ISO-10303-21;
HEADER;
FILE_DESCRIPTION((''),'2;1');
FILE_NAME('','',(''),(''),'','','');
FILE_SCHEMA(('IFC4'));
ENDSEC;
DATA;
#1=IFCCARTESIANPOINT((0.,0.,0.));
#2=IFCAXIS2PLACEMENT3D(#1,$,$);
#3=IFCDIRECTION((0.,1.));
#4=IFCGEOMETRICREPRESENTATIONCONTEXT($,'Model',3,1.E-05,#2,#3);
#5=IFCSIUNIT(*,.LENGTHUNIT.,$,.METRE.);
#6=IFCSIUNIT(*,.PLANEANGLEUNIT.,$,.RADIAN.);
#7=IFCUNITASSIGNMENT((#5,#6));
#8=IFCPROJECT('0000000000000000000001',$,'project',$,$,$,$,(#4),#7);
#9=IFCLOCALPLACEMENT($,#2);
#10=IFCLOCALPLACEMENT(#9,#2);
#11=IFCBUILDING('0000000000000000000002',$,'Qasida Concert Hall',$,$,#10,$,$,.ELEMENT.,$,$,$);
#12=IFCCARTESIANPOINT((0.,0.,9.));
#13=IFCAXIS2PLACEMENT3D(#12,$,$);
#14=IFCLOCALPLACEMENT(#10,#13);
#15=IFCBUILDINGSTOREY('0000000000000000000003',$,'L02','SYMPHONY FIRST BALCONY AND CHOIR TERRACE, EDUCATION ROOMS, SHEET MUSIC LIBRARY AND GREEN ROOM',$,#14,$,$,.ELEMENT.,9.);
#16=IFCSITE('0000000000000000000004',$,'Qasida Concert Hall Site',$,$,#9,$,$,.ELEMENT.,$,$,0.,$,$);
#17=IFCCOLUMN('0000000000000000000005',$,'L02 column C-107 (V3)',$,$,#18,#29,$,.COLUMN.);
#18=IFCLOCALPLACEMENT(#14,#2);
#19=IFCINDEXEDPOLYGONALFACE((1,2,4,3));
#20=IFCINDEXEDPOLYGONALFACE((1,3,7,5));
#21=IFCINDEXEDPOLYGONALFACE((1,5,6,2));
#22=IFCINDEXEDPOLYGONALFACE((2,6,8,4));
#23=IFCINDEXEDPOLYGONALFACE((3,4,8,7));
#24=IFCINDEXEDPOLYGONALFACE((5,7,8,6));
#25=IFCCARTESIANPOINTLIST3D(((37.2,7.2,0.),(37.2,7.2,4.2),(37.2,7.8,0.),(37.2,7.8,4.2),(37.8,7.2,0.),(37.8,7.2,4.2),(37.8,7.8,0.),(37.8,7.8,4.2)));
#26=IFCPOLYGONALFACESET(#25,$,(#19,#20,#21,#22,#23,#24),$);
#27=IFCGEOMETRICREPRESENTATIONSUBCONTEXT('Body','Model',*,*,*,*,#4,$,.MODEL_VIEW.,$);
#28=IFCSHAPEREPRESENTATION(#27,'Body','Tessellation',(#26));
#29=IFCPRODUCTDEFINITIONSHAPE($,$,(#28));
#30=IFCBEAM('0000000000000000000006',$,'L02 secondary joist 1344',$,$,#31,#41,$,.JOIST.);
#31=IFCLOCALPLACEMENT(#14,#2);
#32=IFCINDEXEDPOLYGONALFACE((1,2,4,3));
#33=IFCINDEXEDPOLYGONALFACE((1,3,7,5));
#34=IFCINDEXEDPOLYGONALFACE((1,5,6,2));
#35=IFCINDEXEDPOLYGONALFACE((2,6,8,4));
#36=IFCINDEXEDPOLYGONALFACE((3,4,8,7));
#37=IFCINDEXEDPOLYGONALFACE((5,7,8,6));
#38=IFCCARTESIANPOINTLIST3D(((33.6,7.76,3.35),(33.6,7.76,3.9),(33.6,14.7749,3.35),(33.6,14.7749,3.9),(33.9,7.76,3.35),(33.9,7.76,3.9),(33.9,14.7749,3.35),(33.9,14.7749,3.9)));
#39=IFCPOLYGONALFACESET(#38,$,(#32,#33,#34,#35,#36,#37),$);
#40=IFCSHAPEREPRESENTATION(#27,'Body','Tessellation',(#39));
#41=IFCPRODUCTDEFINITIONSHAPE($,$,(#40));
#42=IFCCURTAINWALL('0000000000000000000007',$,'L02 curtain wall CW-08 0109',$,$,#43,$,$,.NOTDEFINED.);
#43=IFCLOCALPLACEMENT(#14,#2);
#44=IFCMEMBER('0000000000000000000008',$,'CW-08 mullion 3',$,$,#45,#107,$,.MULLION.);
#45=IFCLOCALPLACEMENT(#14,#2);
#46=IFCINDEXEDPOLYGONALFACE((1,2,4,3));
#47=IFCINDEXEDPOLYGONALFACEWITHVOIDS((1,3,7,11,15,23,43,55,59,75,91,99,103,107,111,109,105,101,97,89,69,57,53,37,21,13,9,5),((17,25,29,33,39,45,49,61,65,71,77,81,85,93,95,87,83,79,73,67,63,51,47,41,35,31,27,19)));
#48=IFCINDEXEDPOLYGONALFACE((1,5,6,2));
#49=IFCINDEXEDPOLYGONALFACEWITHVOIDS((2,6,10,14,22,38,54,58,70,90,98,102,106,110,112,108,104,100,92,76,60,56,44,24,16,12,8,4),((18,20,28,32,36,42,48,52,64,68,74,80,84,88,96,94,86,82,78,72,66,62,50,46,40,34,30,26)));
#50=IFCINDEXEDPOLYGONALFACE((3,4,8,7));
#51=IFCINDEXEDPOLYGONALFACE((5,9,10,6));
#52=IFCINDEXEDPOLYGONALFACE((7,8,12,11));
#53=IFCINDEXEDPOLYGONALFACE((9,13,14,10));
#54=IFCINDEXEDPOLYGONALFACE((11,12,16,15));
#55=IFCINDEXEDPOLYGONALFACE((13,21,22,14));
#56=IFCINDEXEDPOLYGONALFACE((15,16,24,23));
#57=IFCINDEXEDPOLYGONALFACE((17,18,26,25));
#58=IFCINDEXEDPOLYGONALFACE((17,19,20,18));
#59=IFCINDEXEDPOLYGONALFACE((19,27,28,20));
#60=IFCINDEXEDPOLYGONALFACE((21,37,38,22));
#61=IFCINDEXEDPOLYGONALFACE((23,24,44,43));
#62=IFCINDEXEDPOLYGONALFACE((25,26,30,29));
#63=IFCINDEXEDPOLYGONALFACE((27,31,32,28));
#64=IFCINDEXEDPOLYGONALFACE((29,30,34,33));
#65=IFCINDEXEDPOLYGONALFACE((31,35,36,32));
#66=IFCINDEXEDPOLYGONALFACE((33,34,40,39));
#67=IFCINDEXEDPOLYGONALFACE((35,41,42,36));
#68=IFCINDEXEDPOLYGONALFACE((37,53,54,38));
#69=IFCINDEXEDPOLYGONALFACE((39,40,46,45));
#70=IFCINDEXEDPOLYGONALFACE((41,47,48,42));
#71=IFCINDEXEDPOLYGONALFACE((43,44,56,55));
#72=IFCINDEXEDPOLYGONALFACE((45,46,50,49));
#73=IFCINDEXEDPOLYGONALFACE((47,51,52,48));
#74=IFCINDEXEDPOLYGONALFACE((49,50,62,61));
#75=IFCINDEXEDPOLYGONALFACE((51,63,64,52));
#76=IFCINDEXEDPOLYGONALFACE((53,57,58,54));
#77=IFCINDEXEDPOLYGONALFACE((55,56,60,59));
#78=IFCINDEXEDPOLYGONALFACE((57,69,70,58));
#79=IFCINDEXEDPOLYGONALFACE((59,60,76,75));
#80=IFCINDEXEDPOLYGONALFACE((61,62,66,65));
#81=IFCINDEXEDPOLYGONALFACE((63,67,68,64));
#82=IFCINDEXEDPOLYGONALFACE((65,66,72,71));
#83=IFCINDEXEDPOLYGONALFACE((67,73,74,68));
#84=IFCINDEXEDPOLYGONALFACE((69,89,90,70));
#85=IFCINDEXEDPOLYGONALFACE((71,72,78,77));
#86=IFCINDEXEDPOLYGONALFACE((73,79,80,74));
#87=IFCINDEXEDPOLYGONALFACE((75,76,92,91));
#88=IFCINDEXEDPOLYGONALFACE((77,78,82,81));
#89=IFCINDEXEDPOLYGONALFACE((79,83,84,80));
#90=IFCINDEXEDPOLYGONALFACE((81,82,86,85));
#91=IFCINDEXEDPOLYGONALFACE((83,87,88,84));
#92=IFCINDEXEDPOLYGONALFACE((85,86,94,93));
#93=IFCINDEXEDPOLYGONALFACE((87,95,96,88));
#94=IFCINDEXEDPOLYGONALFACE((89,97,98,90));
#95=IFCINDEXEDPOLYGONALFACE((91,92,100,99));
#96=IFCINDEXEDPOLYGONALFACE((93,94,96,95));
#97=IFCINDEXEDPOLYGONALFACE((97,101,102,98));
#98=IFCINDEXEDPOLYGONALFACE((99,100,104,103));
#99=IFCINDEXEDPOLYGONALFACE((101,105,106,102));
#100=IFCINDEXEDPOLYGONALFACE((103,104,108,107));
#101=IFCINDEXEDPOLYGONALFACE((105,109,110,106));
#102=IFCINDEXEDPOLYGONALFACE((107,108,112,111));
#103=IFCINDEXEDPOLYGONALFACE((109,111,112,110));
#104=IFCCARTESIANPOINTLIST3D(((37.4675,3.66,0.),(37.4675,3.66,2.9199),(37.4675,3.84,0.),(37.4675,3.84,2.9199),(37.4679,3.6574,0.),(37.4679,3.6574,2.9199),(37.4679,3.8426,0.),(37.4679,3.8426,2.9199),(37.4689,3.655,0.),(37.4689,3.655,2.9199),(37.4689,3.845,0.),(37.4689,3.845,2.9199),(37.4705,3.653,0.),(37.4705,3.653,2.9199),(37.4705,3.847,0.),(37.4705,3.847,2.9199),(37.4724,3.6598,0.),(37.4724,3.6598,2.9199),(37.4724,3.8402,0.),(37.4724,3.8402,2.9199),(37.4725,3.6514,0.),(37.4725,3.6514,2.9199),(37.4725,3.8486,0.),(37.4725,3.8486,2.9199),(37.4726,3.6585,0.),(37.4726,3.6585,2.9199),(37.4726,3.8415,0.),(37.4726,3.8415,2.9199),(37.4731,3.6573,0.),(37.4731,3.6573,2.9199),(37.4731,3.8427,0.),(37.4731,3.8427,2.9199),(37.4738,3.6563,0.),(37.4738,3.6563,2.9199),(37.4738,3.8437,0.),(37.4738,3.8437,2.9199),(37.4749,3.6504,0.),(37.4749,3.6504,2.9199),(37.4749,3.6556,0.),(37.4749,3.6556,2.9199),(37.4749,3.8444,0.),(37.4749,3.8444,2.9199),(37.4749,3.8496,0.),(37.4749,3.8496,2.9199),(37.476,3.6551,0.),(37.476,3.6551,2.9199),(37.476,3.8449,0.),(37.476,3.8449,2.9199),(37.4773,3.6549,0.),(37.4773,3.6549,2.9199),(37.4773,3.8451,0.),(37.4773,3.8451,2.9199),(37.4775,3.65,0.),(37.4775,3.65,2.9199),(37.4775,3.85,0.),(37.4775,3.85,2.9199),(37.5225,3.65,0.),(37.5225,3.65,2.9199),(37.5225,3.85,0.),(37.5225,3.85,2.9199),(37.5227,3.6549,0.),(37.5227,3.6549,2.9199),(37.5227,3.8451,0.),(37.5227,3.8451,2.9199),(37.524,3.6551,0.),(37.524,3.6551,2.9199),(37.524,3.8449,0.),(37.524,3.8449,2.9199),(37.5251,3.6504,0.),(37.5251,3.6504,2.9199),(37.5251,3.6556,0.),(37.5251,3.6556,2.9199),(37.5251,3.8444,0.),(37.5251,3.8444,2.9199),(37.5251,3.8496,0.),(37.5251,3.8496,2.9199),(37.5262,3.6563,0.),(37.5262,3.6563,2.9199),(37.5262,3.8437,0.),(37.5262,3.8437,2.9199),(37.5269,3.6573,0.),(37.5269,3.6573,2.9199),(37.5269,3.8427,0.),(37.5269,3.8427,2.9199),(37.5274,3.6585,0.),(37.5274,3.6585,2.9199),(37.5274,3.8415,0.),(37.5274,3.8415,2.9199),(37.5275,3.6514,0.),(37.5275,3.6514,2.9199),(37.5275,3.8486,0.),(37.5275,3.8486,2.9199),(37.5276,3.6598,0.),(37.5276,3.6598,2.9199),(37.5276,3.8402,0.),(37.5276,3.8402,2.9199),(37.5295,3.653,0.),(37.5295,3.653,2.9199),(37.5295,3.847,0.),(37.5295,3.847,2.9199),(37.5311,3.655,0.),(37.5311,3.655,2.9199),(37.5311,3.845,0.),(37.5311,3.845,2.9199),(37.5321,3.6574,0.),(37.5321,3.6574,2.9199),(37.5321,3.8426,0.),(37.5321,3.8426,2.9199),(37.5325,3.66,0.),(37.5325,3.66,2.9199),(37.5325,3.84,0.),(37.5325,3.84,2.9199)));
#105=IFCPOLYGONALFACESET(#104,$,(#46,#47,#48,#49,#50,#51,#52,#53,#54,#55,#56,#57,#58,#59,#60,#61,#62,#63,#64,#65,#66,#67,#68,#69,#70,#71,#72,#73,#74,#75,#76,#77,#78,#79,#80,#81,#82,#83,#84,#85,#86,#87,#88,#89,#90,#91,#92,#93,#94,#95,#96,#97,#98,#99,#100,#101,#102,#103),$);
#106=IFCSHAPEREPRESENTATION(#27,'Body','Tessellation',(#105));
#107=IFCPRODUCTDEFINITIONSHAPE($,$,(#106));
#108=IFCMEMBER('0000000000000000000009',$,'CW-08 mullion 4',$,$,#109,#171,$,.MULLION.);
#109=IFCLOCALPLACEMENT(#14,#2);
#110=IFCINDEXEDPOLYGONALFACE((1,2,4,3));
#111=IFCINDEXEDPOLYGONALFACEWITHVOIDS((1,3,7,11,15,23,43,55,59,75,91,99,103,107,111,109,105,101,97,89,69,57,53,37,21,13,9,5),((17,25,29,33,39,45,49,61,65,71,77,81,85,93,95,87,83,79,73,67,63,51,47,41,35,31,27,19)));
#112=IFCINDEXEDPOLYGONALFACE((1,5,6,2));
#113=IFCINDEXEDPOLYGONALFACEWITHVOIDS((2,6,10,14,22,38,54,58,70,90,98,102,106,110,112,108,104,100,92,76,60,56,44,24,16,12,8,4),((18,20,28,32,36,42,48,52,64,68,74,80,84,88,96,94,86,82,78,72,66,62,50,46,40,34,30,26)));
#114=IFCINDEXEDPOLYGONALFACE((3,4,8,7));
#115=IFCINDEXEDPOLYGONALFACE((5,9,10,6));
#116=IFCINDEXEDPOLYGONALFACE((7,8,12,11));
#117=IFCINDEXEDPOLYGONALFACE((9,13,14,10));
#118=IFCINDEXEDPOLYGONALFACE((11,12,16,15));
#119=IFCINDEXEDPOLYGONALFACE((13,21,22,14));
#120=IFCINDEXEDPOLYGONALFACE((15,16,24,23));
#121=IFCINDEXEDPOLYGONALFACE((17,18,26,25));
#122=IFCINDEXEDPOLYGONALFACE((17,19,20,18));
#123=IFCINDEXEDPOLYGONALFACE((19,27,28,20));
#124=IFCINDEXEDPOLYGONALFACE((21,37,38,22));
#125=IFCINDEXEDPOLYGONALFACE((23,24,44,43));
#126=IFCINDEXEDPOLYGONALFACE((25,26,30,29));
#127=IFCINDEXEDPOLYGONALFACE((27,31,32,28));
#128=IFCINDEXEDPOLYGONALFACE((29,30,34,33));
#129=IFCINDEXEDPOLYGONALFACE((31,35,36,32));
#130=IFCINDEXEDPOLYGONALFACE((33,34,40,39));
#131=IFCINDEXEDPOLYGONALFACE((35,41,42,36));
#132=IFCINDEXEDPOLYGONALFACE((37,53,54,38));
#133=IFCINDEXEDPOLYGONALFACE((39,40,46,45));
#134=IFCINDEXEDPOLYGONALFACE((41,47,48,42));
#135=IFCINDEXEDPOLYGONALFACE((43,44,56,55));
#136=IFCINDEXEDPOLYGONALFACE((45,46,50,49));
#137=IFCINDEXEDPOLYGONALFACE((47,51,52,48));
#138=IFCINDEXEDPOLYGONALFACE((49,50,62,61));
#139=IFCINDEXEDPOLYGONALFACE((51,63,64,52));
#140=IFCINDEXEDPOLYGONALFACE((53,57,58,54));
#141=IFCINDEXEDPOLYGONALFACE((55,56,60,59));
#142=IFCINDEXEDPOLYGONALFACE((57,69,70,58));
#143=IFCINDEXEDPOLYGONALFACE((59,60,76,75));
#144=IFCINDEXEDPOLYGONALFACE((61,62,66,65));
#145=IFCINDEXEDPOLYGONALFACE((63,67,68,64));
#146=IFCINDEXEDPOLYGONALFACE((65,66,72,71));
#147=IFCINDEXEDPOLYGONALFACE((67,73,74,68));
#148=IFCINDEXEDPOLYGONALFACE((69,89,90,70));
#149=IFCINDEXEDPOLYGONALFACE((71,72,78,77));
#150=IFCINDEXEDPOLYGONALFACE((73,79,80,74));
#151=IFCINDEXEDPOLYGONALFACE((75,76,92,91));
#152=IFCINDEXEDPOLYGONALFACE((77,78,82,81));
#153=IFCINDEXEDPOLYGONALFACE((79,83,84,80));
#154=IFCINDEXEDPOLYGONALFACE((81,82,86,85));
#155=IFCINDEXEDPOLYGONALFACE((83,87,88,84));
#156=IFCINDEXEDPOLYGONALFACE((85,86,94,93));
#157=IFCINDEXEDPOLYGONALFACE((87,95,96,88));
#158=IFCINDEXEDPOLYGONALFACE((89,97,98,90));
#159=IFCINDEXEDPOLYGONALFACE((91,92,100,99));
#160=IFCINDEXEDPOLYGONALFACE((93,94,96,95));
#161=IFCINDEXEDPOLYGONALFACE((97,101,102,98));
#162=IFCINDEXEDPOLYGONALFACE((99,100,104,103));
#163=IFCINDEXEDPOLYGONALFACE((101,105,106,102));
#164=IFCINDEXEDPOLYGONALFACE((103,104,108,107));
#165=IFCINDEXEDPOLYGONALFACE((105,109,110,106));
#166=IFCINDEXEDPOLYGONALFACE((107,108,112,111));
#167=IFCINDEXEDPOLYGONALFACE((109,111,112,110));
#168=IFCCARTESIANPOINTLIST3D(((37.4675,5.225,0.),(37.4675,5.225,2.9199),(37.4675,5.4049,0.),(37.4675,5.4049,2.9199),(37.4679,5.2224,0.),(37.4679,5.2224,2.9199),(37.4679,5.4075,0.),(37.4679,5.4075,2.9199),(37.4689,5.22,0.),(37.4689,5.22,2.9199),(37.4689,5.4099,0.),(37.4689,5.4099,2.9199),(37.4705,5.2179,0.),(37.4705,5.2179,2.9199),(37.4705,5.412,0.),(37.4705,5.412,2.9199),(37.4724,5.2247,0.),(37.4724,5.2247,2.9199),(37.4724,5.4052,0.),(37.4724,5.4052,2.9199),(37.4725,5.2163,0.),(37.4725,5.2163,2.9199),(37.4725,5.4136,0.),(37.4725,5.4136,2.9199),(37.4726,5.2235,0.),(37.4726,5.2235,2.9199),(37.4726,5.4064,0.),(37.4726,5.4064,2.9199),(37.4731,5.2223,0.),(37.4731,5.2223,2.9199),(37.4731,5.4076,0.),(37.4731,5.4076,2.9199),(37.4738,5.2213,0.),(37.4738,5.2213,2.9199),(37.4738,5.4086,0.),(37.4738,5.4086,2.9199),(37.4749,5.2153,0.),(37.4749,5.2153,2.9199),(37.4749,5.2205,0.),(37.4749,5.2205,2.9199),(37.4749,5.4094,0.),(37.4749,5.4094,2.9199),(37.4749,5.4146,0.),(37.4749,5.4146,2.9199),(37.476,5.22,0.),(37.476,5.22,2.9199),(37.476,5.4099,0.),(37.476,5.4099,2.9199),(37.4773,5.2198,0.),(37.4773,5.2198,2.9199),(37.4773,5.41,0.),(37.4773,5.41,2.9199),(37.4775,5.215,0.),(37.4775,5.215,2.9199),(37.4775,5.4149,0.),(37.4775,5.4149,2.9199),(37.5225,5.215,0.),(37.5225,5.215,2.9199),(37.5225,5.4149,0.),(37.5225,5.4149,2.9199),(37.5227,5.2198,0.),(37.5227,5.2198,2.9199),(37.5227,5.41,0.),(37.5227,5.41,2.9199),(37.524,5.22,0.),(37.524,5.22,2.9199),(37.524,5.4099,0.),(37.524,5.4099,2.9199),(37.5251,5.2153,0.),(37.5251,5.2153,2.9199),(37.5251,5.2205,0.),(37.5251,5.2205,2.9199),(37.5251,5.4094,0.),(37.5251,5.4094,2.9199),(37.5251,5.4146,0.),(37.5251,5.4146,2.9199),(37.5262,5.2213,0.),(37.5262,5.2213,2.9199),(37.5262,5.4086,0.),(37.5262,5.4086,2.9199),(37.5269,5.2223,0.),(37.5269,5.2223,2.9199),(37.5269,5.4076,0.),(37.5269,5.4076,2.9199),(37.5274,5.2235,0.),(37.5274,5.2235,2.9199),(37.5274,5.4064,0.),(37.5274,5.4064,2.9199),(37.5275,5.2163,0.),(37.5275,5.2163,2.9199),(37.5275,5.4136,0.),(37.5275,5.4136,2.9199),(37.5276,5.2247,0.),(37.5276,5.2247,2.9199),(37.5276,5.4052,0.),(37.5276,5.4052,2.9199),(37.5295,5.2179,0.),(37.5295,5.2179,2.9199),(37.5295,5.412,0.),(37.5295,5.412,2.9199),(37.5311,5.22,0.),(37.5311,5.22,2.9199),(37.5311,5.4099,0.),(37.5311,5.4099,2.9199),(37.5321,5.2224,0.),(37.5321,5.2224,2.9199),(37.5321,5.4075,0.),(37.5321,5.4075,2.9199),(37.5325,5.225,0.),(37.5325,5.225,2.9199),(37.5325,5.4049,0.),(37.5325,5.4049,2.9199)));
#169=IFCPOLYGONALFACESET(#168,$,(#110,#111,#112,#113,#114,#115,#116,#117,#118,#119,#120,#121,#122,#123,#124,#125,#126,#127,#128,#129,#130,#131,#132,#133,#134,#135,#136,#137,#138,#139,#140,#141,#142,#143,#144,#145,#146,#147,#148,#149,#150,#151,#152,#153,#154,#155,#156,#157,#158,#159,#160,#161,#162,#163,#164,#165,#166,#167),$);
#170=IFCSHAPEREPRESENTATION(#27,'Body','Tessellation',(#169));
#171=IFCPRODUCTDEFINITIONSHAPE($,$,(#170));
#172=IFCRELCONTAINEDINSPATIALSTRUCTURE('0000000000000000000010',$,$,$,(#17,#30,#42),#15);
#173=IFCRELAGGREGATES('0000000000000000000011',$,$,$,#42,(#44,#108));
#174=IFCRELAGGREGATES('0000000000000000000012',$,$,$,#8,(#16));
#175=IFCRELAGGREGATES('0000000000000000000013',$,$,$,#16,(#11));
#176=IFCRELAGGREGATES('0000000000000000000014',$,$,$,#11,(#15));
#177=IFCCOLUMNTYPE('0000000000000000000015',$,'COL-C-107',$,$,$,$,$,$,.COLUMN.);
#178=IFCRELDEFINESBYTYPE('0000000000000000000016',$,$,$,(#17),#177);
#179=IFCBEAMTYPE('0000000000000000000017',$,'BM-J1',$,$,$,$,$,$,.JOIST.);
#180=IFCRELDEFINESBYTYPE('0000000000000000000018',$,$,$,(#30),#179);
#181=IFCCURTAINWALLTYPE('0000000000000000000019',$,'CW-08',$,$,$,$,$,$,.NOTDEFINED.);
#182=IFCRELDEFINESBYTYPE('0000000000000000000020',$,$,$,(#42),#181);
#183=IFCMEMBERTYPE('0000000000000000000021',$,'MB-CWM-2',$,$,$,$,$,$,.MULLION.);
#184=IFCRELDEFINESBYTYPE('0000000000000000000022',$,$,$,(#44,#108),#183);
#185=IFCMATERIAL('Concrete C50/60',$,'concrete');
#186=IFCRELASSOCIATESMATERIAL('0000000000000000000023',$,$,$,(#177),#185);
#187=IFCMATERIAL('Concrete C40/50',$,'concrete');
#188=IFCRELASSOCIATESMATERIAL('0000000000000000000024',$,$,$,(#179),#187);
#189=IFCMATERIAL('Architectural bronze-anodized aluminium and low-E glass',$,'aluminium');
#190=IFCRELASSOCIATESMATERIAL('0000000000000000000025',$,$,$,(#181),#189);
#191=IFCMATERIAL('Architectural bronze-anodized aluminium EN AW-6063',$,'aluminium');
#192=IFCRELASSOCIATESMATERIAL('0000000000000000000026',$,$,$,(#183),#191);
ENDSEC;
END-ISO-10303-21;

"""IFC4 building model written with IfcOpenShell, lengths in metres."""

from ifc_helpers import new_model, si_unit, direction, frame, origin, origin_2d, place, context, subcontext, project, spatial, rectangle, hollow_rectangle, extrude, material, material_profile, profile_set, type_object, element, aggregate, save


model = new_model("IFC4")

# Units and contexts
model_context = context("Model", 3, precision=1e-05, world=origin(), true_north=direction((0.0, 1.0)))
body_context = subcontext(model_context, "Body", "Model", "MODEL_VIEW")
ifc_project = project(units=[si_unit("LENGTHUNIT", "METRE"), si_unit("PLANEANGLEUNIT", "RADIAN")], contexts=[model_context])

# Site, building, storey
site_placement = place(None, origin())
site = spatial("IfcSite", under=ifc_project, at=site_placement, Name="Qasida Concert Hall Site", CompositionType="ELEMENT", RefElevation=0.0)
building_placement = place(site_placement, origin())
building = spatial("IfcBuilding", under=site, at=building_placement, Name="Qasida Concert Hall", CompositionType="ELEMENT")
storey_placement = place(building_placement, frame((0.0, 0.0, 9.0)))
storey = spatial("IfcBuildingStorey", under=building, at=storey_placement, Name="L02", Description="SYMPHONY FIRST BALCONY AND CHOIR TERRACE, EDUCATION ROOMS, SHEET MUSIC LIBRARY AND GREEN ROOM", CompositionType="ELEMENT", Elevation=9.0)

# Column
ifc_material_1 = material(Name="Concrete C50/60", Category="concrete")
ifc_material_profile_1 = material_profile(ifc_material_1, rectangle(XDim=0.6001, YDim=0.6001, at=origin_2d()), Name="RC 600x600")
ifc_profile_set_1 = profile_set([ifc_material_profile_1], Name="Concrete C50/60")
column_type = type_object("IfcColumnType", Name="COL-C-107", PredefinedType="COLUMN", material=ifc_profile_set_1)
column_placement = place(storey_placement, frame((37.5, 7.5, 0.0), z_axis=(0.0, 0.0, 1.0), x_axis=(1.0, 0.0, 0.0)))
element("IfcColumn", 1, at=column_placement, inside=storey, type_object=column_type, Name="L02 column C-107 (V3)", PredefinedType="COLUMN", context=body_context, shape_type="SweptSolid", body=[
    extrude(rectangle(XDim=0.6001, YDim=0.6001, at=origin_2d()), origin(), (0.0, 0.0, 1.0), 4.2),
])

# Beam
ifc_material_2 = material(Name="Concrete C40/50", Category="concrete")
ifc_material_profile_2 = material_profile(ifc_material_2, rectangle(XDim=0.3, YDim=0.55, at=origin_2d()), Name="RC 300x550")
ifc_profile_set_2 = profile_set([ifc_material_profile_2], Name="Concrete C40/50")
beam_type = type_object("IfcBeamType", Name="BM-J1", PredefinedType="JOIST", material=ifc_profile_set_2)
beam_placement = place(storey_placement, frame((33.75, 7.76, 3.625), z_axis=(0.0, 1.0, 0.0), x_axis=(-1.0, 0.0, 0.0)))
element("IfcBeam", 2, at=beam_placement, inside=storey, type_object=beam_type, Name="L02 secondary joist 1344", PredefinedType="JOIST", context=body_context, shape_type="SweptSolid", body=[
    extrude(rectangle(XDim=0.3, YDim=0.55, at=origin_2d()), origin(), (0.0, 0.0, 1.0), 7.0149),
])

# Curtain wall, members
ifc_material_3 = material(Name="Architectural bronze-anodized aluminium and low-E glass", Category="aluminium")
curtain_wall_type = type_object("IfcCurtainWallType", Name="CW-08", PredefinedType="NOTDEFINED", material=ifc_material_3)
curtain_wall_placement = place(storey_placement, origin())
curtain_wall = element("IfcCurtainWall", 3, at=curtain_wall_placement, inside=storey, type_object=curtain_wall_type, Name="L02 curtain wall CW-08 0109", PredefinedType="NOTDEFINED")
ifc_material_4 = material(Name="Architectural bronze-anodized aluminium EN AW-6063", Category="aluminium")
ifc_material_profile_3 = material_profile(ifc_material_4, hollow_rectangle(XDim=0.0649, YDim=0.2, WallThickness=0.0049, InnerFilletRadius=0.0049, OuterFilletRadius=0.01, at=origin_2d()), Name="CWM 200x65x5")
ifc_profile_set_3 = profile_set([ifc_material_profile_3], Name="Architectural bronze-anodized aluminium EN AW-6063")
member_type_1 = type_object("IfcMemberType", Name="MB-CWM-2", PredefinedType="MULLION", material=ifc_profile_set_3)
member_1_placement = place(storey_placement, frame((37.5, 3.75, 0.0), z_axis=(0.0, 0.0, 1.0), x_axis=(-1.0, 0.0, 0.0)))
member_1 = element("IfcMember", 4, at=member_1_placement, type_object=member_type_1, Name="CW-08 mullion 3", PredefinedType="MULLION", context=body_context, shape_type="SweptSolid", body=[
    extrude(hollow_rectangle(XDim=0.0649, YDim=0.2, WallThickness=0.0049, InnerFilletRadius=0.0049, OuterFilletRadius=0.01, at=origin_2d()), origin(), (0.0, 0.0, 1.0), 2.9199),
])
member_2_placement = place(storey_placement, frame((37.5, 5.3149, 0.0), z_axis=(0.0, 0.0, 1.0), x_axis=(-1.0, 0.0, 0.0)))
member_2 = element("IfcMember", 5, at=member_2_placement, type_object=member_type_1, Name="CW-08 mullion 4", PredefinedType="MULLION", context=body_context, shape_type="SweptSolid", body=[
    extrude(hollow_rectangle(XDim=0.0649, YDim=0.2, WallThickness=0.0049, InnerFilletRadius=0.0049, OuterFilletRadius=0.01, at=origin_2d()), origin(), (0.0, 0.0, 1.0), 2.9199),
])
aggregate(curtain_wall, [member_1, member_2])

save(model, "model.ifc")
